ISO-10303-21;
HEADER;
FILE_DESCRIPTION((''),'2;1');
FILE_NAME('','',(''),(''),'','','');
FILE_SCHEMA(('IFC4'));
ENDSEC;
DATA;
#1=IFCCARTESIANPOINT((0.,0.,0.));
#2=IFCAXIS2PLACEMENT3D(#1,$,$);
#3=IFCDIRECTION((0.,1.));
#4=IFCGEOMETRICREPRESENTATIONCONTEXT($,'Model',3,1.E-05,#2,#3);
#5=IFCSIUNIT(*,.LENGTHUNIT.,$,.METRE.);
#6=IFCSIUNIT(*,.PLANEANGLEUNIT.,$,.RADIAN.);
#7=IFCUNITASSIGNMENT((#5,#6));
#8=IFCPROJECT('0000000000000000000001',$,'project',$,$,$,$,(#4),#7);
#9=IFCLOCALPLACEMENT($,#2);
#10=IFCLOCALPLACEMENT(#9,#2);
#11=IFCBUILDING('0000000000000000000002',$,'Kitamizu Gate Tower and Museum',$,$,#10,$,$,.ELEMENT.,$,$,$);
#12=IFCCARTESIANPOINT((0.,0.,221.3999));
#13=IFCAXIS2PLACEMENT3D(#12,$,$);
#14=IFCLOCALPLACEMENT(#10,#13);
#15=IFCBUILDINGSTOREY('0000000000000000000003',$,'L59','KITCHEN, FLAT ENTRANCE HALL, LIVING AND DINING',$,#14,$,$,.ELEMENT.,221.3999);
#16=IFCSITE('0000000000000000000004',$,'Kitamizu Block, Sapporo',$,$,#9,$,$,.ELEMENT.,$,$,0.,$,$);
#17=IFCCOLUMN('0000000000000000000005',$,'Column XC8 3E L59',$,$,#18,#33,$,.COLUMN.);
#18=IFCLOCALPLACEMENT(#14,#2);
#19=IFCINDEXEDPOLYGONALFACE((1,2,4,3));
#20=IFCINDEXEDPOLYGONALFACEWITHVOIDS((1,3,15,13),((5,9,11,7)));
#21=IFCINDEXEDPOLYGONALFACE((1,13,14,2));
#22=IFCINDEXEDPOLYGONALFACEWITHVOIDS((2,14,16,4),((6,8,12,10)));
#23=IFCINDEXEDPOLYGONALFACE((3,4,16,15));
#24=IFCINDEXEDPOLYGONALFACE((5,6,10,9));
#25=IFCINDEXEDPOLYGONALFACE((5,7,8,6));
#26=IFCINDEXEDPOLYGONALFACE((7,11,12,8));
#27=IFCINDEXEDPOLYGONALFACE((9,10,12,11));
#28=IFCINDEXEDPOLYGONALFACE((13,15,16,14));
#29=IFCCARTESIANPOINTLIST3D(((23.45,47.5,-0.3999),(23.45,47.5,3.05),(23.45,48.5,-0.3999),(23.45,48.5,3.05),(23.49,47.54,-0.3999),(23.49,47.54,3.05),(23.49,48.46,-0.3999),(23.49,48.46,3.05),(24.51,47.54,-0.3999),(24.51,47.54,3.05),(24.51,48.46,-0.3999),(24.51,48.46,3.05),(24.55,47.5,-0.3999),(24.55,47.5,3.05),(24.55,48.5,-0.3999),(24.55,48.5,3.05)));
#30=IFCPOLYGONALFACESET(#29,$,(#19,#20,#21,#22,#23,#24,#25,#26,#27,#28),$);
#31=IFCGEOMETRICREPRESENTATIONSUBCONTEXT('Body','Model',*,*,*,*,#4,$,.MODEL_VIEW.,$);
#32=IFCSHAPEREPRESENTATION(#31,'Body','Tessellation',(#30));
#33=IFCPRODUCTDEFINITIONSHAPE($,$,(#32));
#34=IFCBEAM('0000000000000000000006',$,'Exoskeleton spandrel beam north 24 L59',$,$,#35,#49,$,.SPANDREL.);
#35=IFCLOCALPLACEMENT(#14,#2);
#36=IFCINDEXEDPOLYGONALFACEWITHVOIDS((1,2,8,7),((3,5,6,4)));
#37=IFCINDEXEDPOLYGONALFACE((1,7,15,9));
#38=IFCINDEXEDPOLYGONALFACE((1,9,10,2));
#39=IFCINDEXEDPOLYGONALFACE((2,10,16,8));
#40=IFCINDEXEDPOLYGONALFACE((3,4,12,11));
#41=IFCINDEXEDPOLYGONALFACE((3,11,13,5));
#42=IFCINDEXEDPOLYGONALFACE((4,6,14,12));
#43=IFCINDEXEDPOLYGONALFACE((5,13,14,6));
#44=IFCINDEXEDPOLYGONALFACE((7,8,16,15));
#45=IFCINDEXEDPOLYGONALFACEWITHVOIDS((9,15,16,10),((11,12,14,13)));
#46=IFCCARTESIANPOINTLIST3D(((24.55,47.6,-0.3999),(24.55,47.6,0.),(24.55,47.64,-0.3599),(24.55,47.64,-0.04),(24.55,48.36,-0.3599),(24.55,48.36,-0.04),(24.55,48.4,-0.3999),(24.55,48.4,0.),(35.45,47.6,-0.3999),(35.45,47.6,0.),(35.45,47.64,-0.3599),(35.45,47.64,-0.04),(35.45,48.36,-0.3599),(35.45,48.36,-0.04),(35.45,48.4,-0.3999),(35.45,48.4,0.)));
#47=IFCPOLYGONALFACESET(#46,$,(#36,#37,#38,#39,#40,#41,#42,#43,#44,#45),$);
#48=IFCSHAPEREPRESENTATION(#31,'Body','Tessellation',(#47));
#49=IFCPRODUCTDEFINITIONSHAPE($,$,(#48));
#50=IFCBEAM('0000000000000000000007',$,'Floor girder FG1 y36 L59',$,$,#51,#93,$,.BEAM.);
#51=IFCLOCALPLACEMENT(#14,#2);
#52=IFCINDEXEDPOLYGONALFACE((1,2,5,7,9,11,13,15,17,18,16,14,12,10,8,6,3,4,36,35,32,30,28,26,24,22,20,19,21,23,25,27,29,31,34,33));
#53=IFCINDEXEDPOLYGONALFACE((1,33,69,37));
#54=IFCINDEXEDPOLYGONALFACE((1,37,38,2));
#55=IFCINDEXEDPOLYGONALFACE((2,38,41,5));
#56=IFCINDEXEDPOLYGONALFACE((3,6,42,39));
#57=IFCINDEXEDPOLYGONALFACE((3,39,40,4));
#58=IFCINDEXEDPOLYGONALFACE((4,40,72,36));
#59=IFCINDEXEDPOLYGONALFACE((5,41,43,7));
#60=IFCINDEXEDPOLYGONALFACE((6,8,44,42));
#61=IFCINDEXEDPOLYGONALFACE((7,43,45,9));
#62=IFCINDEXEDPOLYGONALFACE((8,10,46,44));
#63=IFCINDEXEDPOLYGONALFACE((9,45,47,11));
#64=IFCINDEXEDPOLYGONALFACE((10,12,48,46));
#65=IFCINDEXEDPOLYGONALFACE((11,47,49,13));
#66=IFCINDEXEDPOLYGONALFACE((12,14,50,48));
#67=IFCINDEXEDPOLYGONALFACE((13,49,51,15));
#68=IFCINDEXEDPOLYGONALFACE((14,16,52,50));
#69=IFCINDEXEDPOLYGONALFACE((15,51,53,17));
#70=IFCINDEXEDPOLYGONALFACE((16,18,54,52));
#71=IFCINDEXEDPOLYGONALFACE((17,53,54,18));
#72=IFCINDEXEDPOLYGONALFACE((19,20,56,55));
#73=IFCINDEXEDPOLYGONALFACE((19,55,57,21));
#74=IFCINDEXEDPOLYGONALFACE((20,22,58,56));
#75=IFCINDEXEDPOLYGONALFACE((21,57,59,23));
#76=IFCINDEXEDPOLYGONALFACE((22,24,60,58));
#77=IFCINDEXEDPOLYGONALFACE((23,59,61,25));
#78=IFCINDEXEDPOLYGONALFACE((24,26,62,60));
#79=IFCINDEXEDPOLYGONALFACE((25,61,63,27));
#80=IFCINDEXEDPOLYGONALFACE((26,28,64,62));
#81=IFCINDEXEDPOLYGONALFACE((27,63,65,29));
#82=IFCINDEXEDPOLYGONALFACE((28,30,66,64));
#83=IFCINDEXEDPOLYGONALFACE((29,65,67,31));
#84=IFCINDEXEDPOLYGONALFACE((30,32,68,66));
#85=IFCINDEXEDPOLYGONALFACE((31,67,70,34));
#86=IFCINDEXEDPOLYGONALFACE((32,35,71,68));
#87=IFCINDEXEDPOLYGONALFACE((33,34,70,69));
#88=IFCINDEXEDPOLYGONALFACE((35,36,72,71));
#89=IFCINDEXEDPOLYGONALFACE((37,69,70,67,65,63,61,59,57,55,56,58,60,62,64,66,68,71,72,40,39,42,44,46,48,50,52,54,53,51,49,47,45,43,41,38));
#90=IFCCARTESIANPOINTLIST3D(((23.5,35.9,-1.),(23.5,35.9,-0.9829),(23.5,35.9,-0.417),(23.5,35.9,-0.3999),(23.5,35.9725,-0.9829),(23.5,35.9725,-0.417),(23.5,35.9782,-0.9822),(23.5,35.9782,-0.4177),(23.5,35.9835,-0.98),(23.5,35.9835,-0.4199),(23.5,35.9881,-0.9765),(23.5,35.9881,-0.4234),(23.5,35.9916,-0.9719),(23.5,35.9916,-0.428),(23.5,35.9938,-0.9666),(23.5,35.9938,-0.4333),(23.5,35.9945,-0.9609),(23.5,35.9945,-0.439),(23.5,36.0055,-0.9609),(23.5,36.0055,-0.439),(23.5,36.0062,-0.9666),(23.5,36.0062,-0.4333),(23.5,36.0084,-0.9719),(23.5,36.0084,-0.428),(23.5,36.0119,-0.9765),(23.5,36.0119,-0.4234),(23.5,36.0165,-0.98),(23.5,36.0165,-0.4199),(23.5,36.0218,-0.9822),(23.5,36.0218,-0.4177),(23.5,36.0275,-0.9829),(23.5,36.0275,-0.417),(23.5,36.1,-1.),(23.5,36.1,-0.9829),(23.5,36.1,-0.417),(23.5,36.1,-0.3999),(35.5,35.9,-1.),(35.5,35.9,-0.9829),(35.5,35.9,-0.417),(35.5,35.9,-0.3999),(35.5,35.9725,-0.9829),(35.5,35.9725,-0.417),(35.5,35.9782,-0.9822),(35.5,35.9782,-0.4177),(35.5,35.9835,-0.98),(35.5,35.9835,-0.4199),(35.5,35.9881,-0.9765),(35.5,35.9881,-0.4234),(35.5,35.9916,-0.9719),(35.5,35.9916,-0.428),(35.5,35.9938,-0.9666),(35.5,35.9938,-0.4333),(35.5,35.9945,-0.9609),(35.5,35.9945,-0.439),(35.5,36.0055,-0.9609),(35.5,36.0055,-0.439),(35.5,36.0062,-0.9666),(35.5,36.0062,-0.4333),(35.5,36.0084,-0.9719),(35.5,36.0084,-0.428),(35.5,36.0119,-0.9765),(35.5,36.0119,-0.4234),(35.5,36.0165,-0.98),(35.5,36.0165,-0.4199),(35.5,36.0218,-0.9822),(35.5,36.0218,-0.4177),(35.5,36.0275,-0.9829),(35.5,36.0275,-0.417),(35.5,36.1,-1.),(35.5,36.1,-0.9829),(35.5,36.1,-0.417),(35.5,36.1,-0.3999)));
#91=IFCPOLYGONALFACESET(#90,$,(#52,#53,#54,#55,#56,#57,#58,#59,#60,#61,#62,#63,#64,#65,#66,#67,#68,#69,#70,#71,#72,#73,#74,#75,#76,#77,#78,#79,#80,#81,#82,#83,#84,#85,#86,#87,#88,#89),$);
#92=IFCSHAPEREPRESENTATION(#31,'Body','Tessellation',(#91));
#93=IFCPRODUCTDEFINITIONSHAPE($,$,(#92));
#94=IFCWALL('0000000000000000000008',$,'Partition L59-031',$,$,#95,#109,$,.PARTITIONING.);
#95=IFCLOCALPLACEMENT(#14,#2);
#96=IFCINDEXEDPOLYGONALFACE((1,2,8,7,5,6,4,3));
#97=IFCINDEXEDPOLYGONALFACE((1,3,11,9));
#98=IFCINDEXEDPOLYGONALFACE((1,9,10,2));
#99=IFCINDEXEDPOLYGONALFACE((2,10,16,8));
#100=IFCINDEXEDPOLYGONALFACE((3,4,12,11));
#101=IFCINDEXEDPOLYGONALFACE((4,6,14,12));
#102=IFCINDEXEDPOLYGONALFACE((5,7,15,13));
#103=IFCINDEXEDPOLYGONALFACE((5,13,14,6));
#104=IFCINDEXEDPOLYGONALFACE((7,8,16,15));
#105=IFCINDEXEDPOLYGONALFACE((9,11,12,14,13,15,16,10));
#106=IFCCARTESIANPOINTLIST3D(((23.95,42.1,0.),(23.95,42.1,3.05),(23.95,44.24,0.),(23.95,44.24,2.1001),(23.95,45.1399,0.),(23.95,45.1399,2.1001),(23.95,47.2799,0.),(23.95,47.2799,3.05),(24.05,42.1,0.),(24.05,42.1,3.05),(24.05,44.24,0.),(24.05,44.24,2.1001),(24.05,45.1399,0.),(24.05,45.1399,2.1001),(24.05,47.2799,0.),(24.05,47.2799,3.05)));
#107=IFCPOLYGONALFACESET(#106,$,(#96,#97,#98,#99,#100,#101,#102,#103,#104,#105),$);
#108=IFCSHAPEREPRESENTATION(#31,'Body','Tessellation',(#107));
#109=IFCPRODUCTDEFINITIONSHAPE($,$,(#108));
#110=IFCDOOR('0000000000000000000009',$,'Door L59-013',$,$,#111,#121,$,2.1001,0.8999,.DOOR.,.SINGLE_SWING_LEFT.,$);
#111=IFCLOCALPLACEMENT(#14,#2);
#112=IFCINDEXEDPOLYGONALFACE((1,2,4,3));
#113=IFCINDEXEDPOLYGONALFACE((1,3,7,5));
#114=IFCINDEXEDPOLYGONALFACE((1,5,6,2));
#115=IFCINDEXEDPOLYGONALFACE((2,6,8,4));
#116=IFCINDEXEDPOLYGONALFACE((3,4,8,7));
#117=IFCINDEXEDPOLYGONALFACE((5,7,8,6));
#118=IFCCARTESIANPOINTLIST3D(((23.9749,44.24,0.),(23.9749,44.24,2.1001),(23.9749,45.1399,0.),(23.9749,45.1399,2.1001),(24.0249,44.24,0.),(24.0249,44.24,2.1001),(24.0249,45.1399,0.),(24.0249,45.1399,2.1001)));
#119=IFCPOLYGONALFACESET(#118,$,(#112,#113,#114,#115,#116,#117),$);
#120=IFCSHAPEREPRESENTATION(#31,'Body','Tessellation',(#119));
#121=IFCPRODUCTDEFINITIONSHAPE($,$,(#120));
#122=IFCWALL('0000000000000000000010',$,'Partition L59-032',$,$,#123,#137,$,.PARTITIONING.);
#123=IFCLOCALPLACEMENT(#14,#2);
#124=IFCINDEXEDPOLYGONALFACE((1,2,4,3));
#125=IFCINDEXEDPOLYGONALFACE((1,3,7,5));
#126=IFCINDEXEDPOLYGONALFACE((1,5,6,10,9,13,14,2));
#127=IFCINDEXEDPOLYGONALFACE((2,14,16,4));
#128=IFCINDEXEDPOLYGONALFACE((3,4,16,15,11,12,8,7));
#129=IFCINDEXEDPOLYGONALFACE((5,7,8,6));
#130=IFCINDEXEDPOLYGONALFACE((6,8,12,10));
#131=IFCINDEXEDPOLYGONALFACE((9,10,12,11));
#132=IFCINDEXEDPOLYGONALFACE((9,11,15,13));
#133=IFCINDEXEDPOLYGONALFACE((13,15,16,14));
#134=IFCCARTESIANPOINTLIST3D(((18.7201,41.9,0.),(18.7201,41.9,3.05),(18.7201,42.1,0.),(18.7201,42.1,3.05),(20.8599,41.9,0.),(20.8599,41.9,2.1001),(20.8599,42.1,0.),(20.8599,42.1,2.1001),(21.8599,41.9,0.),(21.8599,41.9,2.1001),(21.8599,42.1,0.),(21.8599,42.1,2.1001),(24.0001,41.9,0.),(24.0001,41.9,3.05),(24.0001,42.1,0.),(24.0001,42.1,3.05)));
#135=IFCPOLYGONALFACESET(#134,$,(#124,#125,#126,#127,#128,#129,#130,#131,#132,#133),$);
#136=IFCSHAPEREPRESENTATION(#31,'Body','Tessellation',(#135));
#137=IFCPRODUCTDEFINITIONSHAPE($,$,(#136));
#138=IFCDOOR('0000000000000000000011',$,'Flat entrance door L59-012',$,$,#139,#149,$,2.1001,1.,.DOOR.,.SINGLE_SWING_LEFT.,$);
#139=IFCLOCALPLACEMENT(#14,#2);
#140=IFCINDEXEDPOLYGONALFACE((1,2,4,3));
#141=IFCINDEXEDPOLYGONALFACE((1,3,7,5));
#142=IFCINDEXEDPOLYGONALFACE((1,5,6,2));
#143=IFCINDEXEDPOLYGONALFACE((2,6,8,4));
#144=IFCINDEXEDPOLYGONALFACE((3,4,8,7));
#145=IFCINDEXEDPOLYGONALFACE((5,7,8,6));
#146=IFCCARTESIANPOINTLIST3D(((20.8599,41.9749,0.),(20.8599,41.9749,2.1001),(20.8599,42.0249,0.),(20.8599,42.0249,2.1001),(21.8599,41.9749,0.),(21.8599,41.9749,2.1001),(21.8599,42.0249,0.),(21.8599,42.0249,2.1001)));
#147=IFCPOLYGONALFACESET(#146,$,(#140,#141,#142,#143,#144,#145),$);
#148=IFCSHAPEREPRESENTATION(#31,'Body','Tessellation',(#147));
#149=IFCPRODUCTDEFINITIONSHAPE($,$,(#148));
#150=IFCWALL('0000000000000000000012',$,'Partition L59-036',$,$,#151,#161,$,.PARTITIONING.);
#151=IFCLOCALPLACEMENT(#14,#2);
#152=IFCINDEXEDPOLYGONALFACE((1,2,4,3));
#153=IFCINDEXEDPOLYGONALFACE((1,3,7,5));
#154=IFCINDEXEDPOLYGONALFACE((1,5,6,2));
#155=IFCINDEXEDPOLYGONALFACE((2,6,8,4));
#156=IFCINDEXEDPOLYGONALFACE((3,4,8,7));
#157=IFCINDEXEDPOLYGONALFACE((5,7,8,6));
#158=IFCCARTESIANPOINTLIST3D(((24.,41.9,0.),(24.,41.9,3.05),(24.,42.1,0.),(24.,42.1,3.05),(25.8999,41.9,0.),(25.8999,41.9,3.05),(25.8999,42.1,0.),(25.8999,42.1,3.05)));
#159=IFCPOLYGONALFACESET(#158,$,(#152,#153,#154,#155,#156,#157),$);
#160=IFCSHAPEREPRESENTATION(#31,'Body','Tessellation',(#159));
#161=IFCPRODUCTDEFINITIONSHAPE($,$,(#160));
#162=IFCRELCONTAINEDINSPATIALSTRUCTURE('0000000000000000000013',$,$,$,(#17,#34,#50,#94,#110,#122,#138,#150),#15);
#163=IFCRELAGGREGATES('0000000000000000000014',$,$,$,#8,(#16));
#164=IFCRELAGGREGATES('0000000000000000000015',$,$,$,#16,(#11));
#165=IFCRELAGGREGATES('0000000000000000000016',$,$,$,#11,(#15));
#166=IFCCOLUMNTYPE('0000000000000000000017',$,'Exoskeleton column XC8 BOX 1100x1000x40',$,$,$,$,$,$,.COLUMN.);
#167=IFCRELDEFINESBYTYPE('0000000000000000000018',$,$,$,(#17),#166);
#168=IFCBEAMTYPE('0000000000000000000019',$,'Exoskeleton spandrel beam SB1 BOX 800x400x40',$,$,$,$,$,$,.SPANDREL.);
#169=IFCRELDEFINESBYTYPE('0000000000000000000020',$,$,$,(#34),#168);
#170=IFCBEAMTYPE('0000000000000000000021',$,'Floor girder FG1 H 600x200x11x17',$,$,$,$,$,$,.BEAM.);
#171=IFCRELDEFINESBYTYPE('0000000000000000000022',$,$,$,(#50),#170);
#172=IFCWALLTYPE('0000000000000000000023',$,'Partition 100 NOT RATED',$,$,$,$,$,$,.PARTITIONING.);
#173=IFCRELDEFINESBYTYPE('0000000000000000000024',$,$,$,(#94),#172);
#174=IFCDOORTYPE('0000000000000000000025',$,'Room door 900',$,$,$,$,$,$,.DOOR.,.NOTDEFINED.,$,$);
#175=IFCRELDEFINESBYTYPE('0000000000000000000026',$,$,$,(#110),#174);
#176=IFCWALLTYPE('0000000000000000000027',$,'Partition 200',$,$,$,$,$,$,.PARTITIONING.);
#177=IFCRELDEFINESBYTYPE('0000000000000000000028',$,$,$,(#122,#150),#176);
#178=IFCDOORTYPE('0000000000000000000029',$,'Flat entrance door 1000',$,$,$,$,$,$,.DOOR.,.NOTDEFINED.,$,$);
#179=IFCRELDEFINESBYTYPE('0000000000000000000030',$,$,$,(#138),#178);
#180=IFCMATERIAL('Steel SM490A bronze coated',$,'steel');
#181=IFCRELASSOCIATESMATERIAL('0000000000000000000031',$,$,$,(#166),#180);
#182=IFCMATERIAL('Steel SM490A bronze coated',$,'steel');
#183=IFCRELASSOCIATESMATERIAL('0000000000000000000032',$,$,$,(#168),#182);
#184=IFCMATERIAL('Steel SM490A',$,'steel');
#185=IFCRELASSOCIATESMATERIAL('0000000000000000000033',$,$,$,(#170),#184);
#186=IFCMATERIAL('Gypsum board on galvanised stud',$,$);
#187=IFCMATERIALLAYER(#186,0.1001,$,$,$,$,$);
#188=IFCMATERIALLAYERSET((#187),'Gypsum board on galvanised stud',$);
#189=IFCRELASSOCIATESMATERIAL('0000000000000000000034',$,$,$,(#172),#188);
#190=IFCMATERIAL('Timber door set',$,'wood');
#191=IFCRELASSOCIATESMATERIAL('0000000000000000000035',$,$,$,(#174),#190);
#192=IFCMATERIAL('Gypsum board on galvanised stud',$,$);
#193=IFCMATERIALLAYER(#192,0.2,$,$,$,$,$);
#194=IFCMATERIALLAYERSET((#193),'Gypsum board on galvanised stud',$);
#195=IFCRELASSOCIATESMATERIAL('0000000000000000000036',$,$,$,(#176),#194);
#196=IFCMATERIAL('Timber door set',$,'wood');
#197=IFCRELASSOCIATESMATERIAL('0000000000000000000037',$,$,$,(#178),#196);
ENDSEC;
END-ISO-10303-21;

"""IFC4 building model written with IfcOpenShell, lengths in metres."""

from ifc_helpers import new_model, si_unit, direction, frame, frame_2d, origin, origin_2d, place, context, subcontext, project, spatial, rectangle, hollow_rectangle, i_section, extrude, material, layer, layer_set, material_profile, profile_set, type_object, element, fill, save


model = new_model("IFC4")

# Units and contexts
model_context = context("Model", 3, precision=1e-05, world=origin(), true_north=direction((0.0, 1.0)))
body_context = subcontext(model_context, "Body", "Model", "MODEL_VIEW")
ifc_project = project(units=[si_unit("LENGTHUNIT", "METRE"), si_unit("PLANEANGLEUNIT", "RADIAN")], contexts=[model_context])

# Site, building, storey
site_placement = place(None, origin())
site = spatial("IfcSite", under=ifc_project, at=site_placement, Name="Kitamizu Block, Sapporo", CompositionType="ELEMENT", RefElevation=0.0)
building_placement = place(site_placement, origin())
building = spatial("IfcBuilding", under=site, at=building_placement, Name="Kitamizu Gate Tower and Museum", CompositionType="ELEMENT")
storey_placement = place(building_placement, frame((0.0, 0.0, 221.3999)))
storey = spatial("IfcBuildingStorey", under=building, at=storey_placement, Name="L59", Description="KITCHEN, FLAT ENTRANCE HALL, LIVING AND DINING", CompositionType="ELEMENT", Elevation=221.3999)

# Column
ifc_material_1 = material(Name="Steel SM490A bronze coated", Category="steel")
ifc_material_profile_1 = material_profile(ifc_material_1, hollow_rectangle(XDim=1.1001, YDim=1.0, WallThickness=0.04, at=origin_2d()), Name="BOX 1100x1000x40")
ifc_profile_set_1 = profile_set([ifc_material_profile_1], Name="Steel SM490A bronze coated")
column_type = type_object("IfcColumnType", Name="Exoskeleton column XC8 BOX 1100x1000x40", PredefinedType="COLUMN", material=ifc_profile_set_1)
column_placement = place(storey_placement, frame((24.0, 48.0, -0.3999), z_axis=(0.0, 0.0, 1.0), x_axis=(1.0, 0.0, 0.0)))
element("IfcColumn", 1, at=column_placement, inside=storey, type_object=column_type, Name="Column XC8 3E L59", PredefinedType="COLUMN", context=body_context, shape_type="SweptSolid", body=[
    extrude(hollow_rectangle(XDim=1.1001, YDim=1.0, WallThickness=0.04, at=origin_2d()), origin(), (0.0, 0.0, 1.0), 3.45),
])

# Beams
ifc_material_2 = material(Name="Steel SM490A bronze coated", Category="steel")
ifc_material_profile_2 = material_profile(ifc_material_2, hollow_rectangle(XDim=0.8, YDim=0.3999, WallThickness=0.04, at=origin_2d()), Name="BOX 800x400x40")
ifc_profile_set_2 = profile_set([ifc_material_profile_2], Name="Steel SM490A bronze coated")
beam_type_1 = type_object("IfcBeamType", Name="Exoskeleton spandrel beam SB1 BOX 800x400x40", PredefinedType="SPANDREL", material=ifc_profile_set_2)
beam_1_placement = place(storey_placement, frame((24.55, 48.0, -0.2), z_axis=(1.0, 0.0, 0.0), x_axis=(0.0, 1.0, 0.0)))
element("IfcBeam", 2, at=beam_1_placement, inside=storey, type_object=beam_type_1, Name="Exoskeleton spandrel beam north 24 L59", PredefinedType="SPANDREL", context=body_context, shape_type="SweptSolid", body=[
    extrude(hollow_rectangle(XDim=0.8, YDim=0.3999, WallThickness=0.04, at=origin_2d()), origin(), (0.0, 0.0, 1.0), 10.8999),
])
ifc_material_3 = material(Name="Steel SM490A", Category="steel")
ifc_material_profile_3 = material_profile(ifc_material_3, i_section(OverallWidth=0.2, OverallDepth=0.6001, WebThickness=0.011, FlangeThickness=0.0171, FilletRadius=0.022, at=origin_2d()), Name="H-600x200x11x17")
ifc_profile_set_3 = profile_set([ifc_material_profile_3], Name="Steel SM490A")
beam_type_2 = type_object("IfcBeamType", Name="Floor girder FG1 H 600x200x11x17", PredefinedType="BEAM", material=ifc_profile_set_3)
beam_2_placement = place(storey_placement, frame((23.5, 36.0, -0.7), z_axis=(1.0, 0.0, 0.0), x_axis=(0.0, 1.0, 0.0)))
element("IfcBeam", 3, at=beam_2_placement, inside=storey, type_object=beam_type_2, Name="Floor girder FG1 y36 L59", PredefinedType="BEAM", context=body_context, shape_type="SweptSolid", body=[
    extrude(i_section(OverallWidth=0.2, OverallDepth=0.6001, WebThickness=0.011, FlangeThickness=0.0171, FilletRadius=0.022, at=origin_2d()), origin(), (0.0, 0.0, 1.0), 12.0),
])

# Walls, openings, doors
ifc_material_4 = material(Name="Gypsum board on galvanised stud")
ifc_layer_1 = layer(ifc_material_4, 0.1001)
ifc_layer_set_1 = layer_set([ifc_layer_1], Name="Gypsum board on galvanised stud")
wall_type_1 = type_object("IfcWallType", Name="Partition 100 NOT RATED", PredefinedType="PARTITIONING", material=ifc_layer_set_1)
wall_1_placement = place(storey_placement, frame((24.0, 42.1001, 0.0), z_axis=(0.0, 0.0, 1.0), x_axis=(0.0, 1.0, 0.0)))
wall_1 = element("IfcWall", 4, at=wall_1_placement, inside=storey, type_object=wall_type_1, Name="Partition L59-031", PredefinedType="PARTITIONING", context=body_context, shape_type="SweptSolid", body=[
    extrude(rectangle(XDim=5.1799, YDim=0.1001, at=frame_2d((2.5898, 0.0))), origin(), (0.0, 0.0, 1.0), 3.05),
])
opening_1_placement = place(wall_1_placement, frame((2.1399, 0.0, 0.0)))
opening_1 = element("IfcOpeningElement", 5, at=opening_1_placement, cuts=wall_1, PredefinedType="OPENING", context=body_context, shape_type="SweptSolid", body=[
    extrude(rectangle(XDim=0.8999, YDim=2.1001, at=frame_2d((0.45, 1.05))), frame((0.0, 0.0601, 0.0), z_axis=(0.0, -1.0, 0.0), x_axis=(1.0, 0.0, 0.0)), (0.0, 0.0, 1.0), 0.1201),
])
ifc_material_5 = material(Name="Timber door set", Category="wood")
door_type_1 = type_object("IfcDoorType", Name="Room door 900", OperationType="NOTDEFINED", PredefinedType="DOOR", material=ifc_material_5)
door_1_placement = place(opening_1_placement, frame((0.8999, 0.0, 0.0), x_axis=(-1.0, 0.0, 0.0)))
door_1 = element("IfcDoor", 6, at=door_1_placement, inside=storey, type_object=door_type_1, Name="Door L59-013", OperationType="SINGLE_SWING_LEFT", OverallHeight=2.1001, OverallWidth=0.8999, PredefinedType="DOOR", context=body_context, shape_type="SweptSolid", body=[
    extrude(rectangle(XDim=0.8999, YDim=2.1001, at=frame_2d((0.45, 1.05))), frame((0.0, 0.0249, 0.0), z_axis=(0.0, -1.0, 0.0), x_axis=(1.0, 0.0, 0.0)), (0.0, 0.0, 1.0), 0.05),
])
fill(opening_1, door_1)
ifc_material_6 = material(Name="Gypsum board on galvanised stud")
ifc_layer_2 = layer(ifc_material_6, 0.2)
ifc_layer_set_2 = layer_set([ifc_layer_2], Name="Gypsum board on galvanised stud")
wall_type_2 = type_object("IfcWallType", Name="Partition 200", PredefinedType="PARTITIONING", material=ifc_layer_set_2)
wall_2_placement = place(storey_placement, frame((18.72, 42.0, 0.0), z_axis=(0.0, 0.0, 1.0), x_axis=(1.0, 0.0, 0.0)))
wall_2 = element("IfcWall", 7, at=wall_2_placement, inside=storey, type_object=wall_type_2, Name="Partition L59-032", PredefinedType="PARTITIONING", context=body_context, shape_type="SweptSolid", body=[
    extrude(rectangle(XDim=5.28, YDim=0.2, at=frame_2d((2.6401, 0.0))), origin(), (0.0, 0.0, 1.0), 3.05),
])
opening_2_placement = place(wall_2_placement, frame((2.1399, 0.0, 0.0)))
opening_2 = element("IfcOpeningElement", 8, at=opening_2_placement, cuts=wall_2, PredefinedType="OPENING", context=body_context, shape_type="SweptSolid", body=[
    extrude(rectangle(XDim=1.0, YDim=2.1001, at=frame_2d((0.5, 1.05))), frame((0.0, 0.1099, 0.0), z_axis=(0.0, -1.0, 0.0), x_axis=(1.0, 0.0, 0.0)), (0.0, 0.0, 1.0), 0.22),
])
ifc_material_7 = material(Name="Timber door set", Category="wood")
door_type_2 = type_object("IfcDoorType", Name="Flat entrance door 1000", OperationType="NOTDEFINED", PredefinedType="DOOR", material=ifc_material_7)
door_2_placement = place(opening_2_placement, origin())
door_2 = element("IfcDoor", 9, at=door_2_placement, inside=storey, type_object=door_type_2, Name="Flat entrance door L59-012", OperationType="SINGLE_SWING_LEFT", OverallHeight=2.1001, OverallWidth=1.0, PredefinedType="DOOR", context=body_context, shape_type="SweptSolid", body=[
    extrude(rectangle(XDim=1.0, YDim=2.1001, at=frame_2d((0.5, 1.05))), frame((0.0, 0.0249, 0.0), z_axis=(0.0, -1.0, 0.0), x_axis=(1.0, 0.0, 0.0)), (0.0, 0.0, 1.0), 0.05),
])
fill(opening_2, door_2)

# Wall
wall_3_placement = place(storey_placement, frame((24.0, 42.0, 0.0), z_axis=(0.0, 0.0, 1.0), x_axis=(1.0, 0.0, 0.0)))
element("IfcWall", 10, at=wall_3_placement, inside=storey, type_object=wall_type_2, Name="Partition L59-036", PredefinedType="PARTITIONING", context=body_context, shape_type="SweptSolid", body=[
    extrude(rectangle(XDim=1.8999, YDim=0.2, at=frame_2d((0.95, 0.0))), origin(), (0.0, 0.0, 1.0), 3.05),
])

save(model, "model.ifc")
